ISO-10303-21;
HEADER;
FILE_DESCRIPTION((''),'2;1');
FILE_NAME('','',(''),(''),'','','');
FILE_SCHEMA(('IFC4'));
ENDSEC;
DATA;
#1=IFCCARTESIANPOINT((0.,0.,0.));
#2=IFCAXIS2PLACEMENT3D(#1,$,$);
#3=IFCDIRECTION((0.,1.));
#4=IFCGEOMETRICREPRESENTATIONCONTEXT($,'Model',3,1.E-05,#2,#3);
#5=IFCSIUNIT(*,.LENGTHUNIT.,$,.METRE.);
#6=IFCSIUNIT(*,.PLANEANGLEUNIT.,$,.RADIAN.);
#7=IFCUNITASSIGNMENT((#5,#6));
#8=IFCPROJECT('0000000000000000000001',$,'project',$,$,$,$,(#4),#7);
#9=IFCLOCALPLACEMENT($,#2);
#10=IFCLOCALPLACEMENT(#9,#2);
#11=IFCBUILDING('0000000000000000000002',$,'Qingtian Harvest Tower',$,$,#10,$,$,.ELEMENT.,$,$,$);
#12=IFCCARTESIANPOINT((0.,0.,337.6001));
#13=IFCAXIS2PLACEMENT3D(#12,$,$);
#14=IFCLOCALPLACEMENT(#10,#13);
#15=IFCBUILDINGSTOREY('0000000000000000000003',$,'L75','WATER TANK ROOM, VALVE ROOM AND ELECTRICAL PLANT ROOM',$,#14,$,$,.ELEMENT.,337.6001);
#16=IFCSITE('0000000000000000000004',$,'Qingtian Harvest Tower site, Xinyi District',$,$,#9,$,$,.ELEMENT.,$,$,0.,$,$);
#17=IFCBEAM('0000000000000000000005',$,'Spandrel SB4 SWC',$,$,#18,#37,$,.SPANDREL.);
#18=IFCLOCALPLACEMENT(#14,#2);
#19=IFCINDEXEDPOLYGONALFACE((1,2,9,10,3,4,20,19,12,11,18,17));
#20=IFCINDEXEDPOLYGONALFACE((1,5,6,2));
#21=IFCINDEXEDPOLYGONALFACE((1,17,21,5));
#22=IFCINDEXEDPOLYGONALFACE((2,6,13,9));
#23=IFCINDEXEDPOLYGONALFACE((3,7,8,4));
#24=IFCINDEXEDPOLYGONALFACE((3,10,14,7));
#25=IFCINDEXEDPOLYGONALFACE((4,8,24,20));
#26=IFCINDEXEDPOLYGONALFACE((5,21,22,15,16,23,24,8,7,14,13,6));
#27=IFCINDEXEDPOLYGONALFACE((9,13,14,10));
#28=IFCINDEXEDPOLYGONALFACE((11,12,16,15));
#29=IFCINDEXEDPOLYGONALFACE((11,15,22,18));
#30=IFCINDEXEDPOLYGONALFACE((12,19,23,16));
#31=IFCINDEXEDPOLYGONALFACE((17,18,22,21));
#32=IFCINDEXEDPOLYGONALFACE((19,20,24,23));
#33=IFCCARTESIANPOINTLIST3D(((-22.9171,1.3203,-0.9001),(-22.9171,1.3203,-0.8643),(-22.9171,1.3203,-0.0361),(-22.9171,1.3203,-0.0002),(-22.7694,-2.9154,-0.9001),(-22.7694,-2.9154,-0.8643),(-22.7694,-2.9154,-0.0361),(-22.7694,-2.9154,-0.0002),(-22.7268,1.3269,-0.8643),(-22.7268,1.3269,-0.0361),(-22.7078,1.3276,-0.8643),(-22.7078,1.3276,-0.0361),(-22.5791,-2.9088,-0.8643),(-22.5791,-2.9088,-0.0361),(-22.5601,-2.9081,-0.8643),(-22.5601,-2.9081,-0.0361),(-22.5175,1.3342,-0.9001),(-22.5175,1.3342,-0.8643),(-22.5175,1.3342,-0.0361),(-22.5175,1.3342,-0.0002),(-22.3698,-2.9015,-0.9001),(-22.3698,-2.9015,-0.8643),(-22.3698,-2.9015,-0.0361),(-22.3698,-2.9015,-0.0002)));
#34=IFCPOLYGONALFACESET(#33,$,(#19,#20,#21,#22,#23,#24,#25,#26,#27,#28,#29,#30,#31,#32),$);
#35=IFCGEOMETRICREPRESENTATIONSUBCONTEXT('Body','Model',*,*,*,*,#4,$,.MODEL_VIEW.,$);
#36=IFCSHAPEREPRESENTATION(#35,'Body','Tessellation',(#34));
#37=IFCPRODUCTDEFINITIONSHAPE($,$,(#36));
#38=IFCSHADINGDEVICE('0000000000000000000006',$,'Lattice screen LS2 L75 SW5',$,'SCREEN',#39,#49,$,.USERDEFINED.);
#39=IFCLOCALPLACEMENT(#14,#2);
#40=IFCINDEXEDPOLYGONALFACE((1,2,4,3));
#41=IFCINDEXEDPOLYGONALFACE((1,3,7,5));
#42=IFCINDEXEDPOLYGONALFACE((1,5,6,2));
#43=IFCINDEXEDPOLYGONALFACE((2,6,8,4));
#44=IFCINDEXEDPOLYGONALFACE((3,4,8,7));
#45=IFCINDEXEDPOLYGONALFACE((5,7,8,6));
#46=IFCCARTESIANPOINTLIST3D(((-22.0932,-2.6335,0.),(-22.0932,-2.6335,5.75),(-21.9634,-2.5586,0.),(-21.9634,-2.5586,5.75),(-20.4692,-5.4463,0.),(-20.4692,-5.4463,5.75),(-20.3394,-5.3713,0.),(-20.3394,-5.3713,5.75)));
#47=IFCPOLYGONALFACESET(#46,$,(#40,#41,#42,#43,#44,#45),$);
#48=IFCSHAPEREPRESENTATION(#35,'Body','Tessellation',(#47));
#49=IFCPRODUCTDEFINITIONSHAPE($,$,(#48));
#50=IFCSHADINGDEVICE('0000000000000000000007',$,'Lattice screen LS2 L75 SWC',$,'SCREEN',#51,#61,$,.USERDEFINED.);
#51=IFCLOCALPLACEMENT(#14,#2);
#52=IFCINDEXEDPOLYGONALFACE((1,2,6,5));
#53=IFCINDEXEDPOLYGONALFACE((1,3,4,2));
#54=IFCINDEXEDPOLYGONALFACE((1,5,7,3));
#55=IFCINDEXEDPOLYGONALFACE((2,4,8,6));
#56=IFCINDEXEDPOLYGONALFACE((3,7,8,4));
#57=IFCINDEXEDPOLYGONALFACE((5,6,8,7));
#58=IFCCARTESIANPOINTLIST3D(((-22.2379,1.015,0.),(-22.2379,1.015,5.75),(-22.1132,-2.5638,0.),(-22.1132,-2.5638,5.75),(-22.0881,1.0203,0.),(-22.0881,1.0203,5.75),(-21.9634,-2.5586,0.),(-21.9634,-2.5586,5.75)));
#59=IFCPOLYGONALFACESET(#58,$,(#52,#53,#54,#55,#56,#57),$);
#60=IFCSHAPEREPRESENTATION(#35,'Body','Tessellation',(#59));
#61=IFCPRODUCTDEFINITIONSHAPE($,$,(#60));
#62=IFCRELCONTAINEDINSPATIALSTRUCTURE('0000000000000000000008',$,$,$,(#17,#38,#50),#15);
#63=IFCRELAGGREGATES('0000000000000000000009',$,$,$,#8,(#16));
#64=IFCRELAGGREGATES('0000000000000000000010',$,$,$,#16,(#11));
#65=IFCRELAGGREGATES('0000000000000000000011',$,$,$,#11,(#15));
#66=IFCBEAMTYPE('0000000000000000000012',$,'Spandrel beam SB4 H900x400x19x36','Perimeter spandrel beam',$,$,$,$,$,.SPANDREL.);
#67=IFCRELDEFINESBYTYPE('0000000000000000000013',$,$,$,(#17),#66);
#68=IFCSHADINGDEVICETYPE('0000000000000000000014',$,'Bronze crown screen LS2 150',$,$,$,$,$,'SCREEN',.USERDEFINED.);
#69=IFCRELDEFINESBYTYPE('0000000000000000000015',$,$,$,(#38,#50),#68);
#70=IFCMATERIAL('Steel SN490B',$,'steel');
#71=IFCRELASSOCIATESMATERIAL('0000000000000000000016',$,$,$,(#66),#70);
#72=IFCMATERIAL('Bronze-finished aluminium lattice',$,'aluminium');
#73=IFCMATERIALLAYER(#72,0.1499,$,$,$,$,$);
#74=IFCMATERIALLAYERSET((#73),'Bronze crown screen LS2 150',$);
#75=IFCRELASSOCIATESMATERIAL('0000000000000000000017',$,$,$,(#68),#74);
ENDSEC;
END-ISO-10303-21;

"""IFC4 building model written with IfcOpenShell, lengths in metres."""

from ifc_helpers import new_model, si_unit, direction, frame, origin, origin_2d, place, context, subcontext, project, spatial, polyline, i_section, outline, extrude, material, layer, layer_set, material_profile, profile_set, type_object, element, save


model = new_model("IFC4")

# Units and contexts
model_context = context("Model", 3, precision=1e-05, world=origin(), true_north=direction((0.0, 1.0)))
body_context = subcontext(model_context, "Body", "Model", "MODEL_VIEW")
ifc_project = project(units=[si_unit("LENGTHUNIT", "METRE"), si_unit("PLANEANGLEUNIT", "RADIAN")], contexts=[model_context])

# Site, building, storey
site_placement = place(None, origin())
site = spatial("IfcSite", under=ifc_project, at=site_placement, Name="Qingtian Harvest Tower site, Xinyi District", CompositionType="ELEMENT", RefElevation=0.0)
building_placement = place(site_placement, origin())
building = spatial("IfcBuilding", under=site, at=building_placement, Name="Qingtian Harvest Tower", CompositionType="ELEMENT")
storey_placement = place(building_placement, frame((0.0, 0.0, 337.6001)))
storey = spatial("IfcBuildingStorey", under=building, at=storey_placement, Name="L75", Description="WATER TANK ROOM, VALVE ROOM AND ELECTRICAL PLANT ROOM", CompositionType="ELEMENT", Elevation=337.6001)

# Beam
ifc_material_1 = material(Name="Steel SN490B", Category="steel")
ifc_material_profile_1 = material_profile(ifc_material_1, i_section(OverallWidth=0.3999, OverallDepth=0.8999, WebThickness=0.019, FlangeThickness=0.0359, at=origin_2d()), Name="H900x400x19x36")
ifc_profile_set_1 = profile_set([ifc_material_profile_1], Name="Steel SN490B")
beam_type_1 = type_object("IfcBeamType", Name="Spandrel beam SB4 H900x400x19x36", Description="Perimeter spandrel beam", PredefinedType="SPANDREL", material=ifc_profile_set_1)
beam_1_placement = place(storey_placement, frame((-22.5696, -2.9084, -0.4502), z_axis=(-0.034851, 0.999393, 0.0), x_axis=(-0.999393, -0.034851, 0.0)))
element("IfcBeam", 1, at=beam_1_placement, inside=storey, type_object=beam_type_1, Name="Spandrel SB4 SWC", PredefinedType="SPANDREL", context=body_context, shape_type="SweptSolid", body=[
    extrude(i_section(OverallWidth=0.3999, OverallDepth=0.8999, WebThickness=0.019, FlangeThickness=0.0359, at=origin_2d()), origin(), (0.0, 0.0, 1.0), 4.2383),
])

# Shading devices
ifc_material_2 = material(Name="Bronze-finished aluminium lattice", Category="aluminium")
ifc_layer_1 = layer(ifc_material_2, 0.1499)
ifc_layer_set_1 = layer_set([ifc_layer_1], Name="Bronze crown screen LS2 150")
shading_device_type = type_object("IfcShadingDeviceType", Name="Bronze crown screen LS2 150", ElementType="SCREEN", PredefinedType="USERDEFINED", material=ifc_layer_set_1)
shading_device_1_placement = place(storey_placement, frame((-20.3394, -5.3713, 0.0), z_axis=(0.866014, 0.50002, 0.0), x_axis=(-0.50002, 0.866014, 0.0)))
element("IfcShadingDevice", 2, at=shading_device_1_placement, inside=storey, type_object=shading_device_type, Name="Lattice screen LS2 L75 SW5", ObjectType="SCREEN", PredefinedType="USERDEFINED", context=body_context, shape_type="SweptSolid", body=[
    extrude(outline(polyline([(0.0, 0.0), (3.2479, 0.0), (3.2479, 5.75), (0.0, 5.75), (0.0, 0.0)])), origin(), (0.0, 0.0, -1.0), 0.1499),
])
shading_device_2_placement = place(storey_placement, frame((-21.9634, -2.5586, 0.0), z_axis=(0.999393, 0.034838, 0.0), x_axis=(-0.034838, 0.999393, 0.0)))
element("IfcShadingDevice", 3, at=shading_device_2_placement, inside=storey, type_object=shading_device_type, Name="Lattice screen LS2 L75 SWC", ObjectType="SCREEN", PredefinedType="USERDEFINED", context=body_context, shape_type="SweptSolid", body=[
    extrude(outline(polyline([(0.0, 0.0), (3.581, 0.0), (3.581, 5.75), (0.0, 5.75), (0.0, 0.0)])), origin(), (0.0, 0.0, -1.0), 0.1499),
])

save(model, "model.ifc")
